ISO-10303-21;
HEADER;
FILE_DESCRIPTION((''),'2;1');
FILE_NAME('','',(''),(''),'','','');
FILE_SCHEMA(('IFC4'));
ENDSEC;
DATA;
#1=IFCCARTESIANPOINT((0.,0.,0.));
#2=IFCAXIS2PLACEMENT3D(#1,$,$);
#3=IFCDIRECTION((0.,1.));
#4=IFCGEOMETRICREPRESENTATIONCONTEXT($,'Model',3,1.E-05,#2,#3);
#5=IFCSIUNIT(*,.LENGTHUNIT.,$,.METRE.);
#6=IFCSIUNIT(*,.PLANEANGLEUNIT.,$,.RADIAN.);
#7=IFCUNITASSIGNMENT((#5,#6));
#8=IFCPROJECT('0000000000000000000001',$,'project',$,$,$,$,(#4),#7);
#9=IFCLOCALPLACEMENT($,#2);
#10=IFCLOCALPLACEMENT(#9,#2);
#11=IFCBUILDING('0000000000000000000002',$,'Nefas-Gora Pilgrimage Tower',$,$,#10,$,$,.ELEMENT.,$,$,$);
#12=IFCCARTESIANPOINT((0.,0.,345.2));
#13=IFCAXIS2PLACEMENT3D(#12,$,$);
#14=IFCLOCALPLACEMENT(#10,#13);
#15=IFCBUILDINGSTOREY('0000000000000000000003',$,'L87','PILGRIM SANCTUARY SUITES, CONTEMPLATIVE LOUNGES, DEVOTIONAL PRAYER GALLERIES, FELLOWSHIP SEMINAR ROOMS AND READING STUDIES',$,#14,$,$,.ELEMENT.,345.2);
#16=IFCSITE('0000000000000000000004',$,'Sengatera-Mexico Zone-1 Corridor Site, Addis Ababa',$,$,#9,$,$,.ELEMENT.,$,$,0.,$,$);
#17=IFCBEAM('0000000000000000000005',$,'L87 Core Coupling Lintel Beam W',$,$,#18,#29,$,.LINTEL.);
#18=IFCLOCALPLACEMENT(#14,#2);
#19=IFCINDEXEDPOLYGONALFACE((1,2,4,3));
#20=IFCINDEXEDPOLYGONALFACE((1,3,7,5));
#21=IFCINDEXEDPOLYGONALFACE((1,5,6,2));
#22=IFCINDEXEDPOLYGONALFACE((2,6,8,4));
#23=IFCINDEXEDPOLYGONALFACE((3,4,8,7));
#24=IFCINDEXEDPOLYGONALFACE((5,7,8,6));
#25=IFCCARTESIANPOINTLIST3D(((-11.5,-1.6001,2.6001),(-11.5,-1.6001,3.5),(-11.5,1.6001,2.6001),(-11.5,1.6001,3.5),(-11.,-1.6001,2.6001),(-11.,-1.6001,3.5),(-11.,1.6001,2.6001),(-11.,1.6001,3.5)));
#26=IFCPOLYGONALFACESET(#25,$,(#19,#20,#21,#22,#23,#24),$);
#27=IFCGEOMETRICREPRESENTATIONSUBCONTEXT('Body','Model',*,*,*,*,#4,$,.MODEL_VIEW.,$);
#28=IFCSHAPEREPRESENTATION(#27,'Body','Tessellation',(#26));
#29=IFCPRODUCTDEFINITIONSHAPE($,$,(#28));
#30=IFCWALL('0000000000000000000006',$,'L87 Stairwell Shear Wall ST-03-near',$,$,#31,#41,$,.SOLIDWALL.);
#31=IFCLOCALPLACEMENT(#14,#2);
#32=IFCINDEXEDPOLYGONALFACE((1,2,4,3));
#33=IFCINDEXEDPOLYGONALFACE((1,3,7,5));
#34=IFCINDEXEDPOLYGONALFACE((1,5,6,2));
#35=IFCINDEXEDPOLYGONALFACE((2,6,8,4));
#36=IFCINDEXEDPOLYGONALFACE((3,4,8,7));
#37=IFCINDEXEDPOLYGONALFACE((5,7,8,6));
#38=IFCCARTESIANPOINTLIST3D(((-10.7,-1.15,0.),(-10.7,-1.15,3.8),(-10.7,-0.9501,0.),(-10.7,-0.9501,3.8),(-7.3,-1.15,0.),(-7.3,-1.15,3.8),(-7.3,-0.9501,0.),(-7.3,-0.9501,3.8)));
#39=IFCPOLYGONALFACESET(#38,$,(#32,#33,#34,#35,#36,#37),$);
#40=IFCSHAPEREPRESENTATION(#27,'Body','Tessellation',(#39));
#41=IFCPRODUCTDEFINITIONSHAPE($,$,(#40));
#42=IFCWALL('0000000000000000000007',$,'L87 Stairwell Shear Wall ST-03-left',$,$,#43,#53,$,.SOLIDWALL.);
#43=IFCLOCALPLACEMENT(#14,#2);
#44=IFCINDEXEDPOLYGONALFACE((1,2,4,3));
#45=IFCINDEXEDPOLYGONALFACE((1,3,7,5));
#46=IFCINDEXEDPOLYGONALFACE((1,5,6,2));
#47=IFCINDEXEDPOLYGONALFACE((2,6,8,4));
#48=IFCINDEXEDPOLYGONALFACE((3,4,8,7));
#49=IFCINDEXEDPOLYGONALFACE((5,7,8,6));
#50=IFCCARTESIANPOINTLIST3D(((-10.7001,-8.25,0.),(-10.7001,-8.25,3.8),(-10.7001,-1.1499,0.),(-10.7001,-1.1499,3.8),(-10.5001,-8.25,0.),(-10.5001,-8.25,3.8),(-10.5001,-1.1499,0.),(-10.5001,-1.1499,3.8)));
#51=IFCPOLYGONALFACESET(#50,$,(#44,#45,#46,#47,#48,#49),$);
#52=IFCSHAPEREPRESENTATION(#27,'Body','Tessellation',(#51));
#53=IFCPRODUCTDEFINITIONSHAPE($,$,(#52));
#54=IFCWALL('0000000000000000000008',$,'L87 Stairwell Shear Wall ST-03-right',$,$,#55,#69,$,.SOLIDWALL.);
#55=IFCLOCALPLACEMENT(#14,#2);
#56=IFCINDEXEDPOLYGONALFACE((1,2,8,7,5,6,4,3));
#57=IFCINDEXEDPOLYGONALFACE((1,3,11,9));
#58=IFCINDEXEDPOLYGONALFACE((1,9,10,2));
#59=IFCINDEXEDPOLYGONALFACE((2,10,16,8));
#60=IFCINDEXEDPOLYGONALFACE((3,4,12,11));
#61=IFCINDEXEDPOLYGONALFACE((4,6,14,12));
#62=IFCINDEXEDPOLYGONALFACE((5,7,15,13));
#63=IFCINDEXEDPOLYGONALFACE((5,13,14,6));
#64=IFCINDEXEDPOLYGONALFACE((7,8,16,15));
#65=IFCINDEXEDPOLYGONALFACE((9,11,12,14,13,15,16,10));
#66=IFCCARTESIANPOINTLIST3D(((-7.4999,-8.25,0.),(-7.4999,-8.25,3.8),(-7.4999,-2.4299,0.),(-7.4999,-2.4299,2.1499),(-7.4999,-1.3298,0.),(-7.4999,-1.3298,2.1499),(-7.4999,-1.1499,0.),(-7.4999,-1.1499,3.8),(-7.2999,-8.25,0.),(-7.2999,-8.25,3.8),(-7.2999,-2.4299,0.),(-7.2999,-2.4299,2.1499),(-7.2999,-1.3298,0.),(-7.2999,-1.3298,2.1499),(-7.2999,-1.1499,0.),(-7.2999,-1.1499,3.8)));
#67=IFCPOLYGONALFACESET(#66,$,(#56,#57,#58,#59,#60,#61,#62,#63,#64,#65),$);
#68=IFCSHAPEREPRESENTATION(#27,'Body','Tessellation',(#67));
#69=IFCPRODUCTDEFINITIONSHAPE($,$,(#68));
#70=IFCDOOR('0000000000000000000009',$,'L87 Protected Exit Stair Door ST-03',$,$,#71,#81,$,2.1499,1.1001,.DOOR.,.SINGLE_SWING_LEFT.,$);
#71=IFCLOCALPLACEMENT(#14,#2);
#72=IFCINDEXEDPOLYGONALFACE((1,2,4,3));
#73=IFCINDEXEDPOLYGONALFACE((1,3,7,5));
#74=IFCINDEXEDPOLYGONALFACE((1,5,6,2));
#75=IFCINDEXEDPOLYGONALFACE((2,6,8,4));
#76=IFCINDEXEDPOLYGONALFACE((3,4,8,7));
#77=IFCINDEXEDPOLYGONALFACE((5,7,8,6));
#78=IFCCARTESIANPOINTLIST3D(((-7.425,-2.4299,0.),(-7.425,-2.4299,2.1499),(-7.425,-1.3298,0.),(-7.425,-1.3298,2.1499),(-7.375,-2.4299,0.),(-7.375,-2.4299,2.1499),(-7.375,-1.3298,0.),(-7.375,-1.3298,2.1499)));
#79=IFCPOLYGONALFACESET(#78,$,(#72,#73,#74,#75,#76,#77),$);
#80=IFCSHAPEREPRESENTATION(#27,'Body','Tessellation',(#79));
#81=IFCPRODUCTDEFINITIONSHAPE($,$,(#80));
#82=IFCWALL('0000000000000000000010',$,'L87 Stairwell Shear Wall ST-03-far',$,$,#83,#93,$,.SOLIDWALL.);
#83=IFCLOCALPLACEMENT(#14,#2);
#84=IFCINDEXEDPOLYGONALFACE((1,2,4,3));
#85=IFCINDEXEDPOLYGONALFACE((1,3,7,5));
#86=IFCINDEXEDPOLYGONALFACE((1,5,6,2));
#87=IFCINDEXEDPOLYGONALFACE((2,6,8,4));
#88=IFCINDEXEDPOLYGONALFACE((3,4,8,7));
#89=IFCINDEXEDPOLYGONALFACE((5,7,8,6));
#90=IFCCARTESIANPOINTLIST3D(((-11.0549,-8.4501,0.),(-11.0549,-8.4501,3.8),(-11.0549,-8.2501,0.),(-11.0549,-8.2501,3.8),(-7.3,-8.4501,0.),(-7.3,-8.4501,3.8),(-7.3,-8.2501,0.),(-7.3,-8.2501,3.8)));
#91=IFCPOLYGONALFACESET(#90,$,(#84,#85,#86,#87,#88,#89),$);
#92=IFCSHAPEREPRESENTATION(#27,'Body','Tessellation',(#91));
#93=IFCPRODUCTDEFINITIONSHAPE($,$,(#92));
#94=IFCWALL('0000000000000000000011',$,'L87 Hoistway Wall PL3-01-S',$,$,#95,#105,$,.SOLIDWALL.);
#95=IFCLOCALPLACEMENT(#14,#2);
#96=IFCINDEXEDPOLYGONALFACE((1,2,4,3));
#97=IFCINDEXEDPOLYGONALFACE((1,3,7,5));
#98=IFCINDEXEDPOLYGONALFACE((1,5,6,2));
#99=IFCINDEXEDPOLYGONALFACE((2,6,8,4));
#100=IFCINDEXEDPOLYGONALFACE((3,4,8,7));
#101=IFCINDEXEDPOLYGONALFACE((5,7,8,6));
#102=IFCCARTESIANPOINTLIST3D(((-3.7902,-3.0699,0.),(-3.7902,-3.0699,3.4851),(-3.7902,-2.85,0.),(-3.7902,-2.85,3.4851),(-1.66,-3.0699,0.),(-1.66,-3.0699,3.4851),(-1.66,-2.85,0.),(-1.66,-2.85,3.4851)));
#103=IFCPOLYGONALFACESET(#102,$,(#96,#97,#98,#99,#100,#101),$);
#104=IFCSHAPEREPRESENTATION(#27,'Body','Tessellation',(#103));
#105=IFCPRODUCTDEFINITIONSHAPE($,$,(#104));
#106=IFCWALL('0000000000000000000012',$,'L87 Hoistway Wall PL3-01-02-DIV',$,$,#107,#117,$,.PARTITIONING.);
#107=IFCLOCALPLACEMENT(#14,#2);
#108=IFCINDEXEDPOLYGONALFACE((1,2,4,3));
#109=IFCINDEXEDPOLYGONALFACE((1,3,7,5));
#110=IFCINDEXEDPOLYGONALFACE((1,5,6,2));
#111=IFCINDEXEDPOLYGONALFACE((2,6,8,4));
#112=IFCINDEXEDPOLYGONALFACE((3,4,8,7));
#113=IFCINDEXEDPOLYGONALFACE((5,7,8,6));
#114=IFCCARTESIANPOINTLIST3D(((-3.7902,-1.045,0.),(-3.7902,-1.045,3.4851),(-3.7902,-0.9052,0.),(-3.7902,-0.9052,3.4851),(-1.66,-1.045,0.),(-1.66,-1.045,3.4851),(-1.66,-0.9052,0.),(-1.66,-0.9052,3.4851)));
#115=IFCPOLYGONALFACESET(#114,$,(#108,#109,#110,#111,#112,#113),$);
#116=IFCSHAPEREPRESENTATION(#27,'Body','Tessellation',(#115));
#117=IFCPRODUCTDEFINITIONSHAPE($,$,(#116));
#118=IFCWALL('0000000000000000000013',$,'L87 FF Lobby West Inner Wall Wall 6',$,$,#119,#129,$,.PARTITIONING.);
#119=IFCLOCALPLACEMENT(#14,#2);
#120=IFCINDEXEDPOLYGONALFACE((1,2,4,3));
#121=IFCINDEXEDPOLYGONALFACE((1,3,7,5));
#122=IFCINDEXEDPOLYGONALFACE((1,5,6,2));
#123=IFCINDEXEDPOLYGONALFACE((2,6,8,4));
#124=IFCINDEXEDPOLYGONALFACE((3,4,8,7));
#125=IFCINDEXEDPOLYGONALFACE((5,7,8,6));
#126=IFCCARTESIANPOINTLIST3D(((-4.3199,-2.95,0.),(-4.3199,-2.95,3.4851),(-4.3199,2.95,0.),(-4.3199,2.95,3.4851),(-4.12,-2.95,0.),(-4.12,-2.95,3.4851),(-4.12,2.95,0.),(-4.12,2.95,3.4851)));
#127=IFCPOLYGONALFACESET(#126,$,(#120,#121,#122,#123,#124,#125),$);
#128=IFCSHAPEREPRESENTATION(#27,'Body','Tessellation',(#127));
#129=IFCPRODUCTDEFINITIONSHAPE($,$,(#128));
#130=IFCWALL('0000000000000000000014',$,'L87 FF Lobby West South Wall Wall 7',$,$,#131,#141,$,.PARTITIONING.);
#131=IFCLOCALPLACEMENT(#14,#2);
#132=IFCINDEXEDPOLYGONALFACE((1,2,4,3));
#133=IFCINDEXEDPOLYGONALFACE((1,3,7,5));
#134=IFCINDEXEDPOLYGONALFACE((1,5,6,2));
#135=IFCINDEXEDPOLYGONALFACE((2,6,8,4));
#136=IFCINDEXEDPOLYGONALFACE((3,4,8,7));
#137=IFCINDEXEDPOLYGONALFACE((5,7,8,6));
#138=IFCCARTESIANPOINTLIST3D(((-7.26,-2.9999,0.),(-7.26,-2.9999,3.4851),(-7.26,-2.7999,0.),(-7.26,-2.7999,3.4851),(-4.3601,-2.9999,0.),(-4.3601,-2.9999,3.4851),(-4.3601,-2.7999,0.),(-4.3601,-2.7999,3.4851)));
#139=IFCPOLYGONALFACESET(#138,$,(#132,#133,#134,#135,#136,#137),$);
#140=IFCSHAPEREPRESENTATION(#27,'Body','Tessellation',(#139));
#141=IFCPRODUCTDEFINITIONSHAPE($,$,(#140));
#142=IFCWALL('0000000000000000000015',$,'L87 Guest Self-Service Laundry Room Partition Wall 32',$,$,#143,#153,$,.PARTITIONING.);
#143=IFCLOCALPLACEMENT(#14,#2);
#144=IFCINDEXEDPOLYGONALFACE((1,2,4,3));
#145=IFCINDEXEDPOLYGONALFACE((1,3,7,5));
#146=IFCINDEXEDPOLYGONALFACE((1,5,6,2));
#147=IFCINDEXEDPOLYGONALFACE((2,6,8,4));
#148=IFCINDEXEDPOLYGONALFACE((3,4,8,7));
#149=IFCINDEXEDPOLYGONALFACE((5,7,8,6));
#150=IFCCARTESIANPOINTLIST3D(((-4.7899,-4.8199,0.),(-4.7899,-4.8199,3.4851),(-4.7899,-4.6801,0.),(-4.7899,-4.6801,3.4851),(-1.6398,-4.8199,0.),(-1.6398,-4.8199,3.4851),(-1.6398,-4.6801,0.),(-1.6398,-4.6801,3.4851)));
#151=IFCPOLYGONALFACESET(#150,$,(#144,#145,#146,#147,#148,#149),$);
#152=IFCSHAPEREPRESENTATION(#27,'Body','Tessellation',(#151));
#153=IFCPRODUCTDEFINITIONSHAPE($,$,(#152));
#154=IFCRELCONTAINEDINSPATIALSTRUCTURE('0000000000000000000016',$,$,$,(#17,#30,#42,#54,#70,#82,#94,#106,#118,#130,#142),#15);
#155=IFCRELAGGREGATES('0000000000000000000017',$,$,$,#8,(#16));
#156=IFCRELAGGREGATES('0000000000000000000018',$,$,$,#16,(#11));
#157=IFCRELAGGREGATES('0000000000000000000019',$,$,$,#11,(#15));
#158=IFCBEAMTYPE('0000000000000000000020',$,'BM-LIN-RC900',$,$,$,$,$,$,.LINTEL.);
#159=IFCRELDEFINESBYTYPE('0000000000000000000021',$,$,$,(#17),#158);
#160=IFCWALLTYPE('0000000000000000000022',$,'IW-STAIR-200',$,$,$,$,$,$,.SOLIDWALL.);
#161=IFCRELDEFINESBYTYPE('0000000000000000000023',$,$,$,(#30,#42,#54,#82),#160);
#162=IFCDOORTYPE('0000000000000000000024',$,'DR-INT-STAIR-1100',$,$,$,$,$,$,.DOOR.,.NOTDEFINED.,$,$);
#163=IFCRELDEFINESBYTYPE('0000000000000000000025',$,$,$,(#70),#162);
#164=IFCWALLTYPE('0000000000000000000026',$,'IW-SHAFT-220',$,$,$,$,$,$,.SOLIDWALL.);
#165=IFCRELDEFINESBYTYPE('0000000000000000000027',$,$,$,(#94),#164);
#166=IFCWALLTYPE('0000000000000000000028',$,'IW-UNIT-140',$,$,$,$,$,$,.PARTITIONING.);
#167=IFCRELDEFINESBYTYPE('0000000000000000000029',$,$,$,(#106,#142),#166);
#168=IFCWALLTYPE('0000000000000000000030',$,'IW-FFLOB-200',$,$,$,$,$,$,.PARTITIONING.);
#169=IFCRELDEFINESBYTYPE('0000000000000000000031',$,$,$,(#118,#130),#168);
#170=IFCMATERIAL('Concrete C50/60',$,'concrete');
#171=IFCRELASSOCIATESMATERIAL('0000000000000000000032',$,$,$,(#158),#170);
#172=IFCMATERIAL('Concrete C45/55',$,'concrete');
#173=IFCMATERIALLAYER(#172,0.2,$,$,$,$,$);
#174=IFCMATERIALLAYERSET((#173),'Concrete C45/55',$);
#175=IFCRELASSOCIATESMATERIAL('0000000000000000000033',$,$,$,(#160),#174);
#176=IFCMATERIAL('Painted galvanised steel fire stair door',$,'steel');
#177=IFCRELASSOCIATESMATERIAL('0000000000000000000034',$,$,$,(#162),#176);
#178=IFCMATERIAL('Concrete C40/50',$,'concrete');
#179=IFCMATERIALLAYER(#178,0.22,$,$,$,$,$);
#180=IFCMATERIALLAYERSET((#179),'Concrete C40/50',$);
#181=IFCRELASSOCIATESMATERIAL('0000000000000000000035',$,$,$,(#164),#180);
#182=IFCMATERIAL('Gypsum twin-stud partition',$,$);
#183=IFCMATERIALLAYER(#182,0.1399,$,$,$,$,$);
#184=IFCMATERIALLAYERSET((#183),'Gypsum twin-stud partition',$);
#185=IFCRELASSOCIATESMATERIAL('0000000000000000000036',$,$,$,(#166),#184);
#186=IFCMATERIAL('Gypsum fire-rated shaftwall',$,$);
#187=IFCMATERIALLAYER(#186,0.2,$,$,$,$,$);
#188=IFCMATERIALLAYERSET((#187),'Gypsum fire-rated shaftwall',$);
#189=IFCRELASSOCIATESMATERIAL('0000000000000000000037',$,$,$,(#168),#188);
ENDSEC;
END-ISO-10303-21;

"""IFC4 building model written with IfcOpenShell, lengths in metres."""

from ifc_helpers import new_model, si_unit, direction, frame, frame_2d, origin, origin_2d, place, context, subcontext, project, spatial, rectangle, extrude, source, transform, mapped, material, layer, layer_set, material_profile, profile_set, type_object, element, fill, save


model = new_model("IFC4")

# Units and contexts
model_context = context("Model", 3, precision=1e-05, world=origin(), true_north=direction((0.0, 1.0)))
body_context = subcontext(model_context, "Body", "Model", "MODEL_VIEW")
ifc_project = project(units=[si_unit("LENGTHUNIT", "METRE"), si_unit("PLANEANGLEUNIT", "RADIAN")], contexts=[model_context])

# Site, building, storey
site_placement = place(None, origin())
site = spatial("IfcSite", under=ifc_project, at=site_placement, Name="Sengatera-Mexico Zone-1 Corridor Site, Addis Ababa", CompositionType="ELEMENT", RefElevation=0.0)
building_placement = place(site_placement, origin())
building = spatial("IfcBuilding", under=site, at=building_placement, Name="Nefas-Gora Pilgrimage Tower", CompositionType="ELEMENT")
storey_placement = place(building_placement, frame((0.0, 0.0, 345.2)))
storey = spatial("IfcBuildingStorey", under=building, at=storey_placement, Name="L87", Description="PILGRIM SANCTUARY SUITES, CONTEMPLATIVE LOUNGES, DEVOTIONAL PRAYER GALLERIES, FELLOWSHIP SEMINAR ROOMS AND READING STUDIES", CompositionType="ELEMENT", Elevation=345.2)

# Beam
ifc_material_1 = material(Name="Concrete C50/60", Category="concrete")
ifc_material_profile = material_profile(ifc_material_1, rectangle(XDim=0.5, YDim=0.8999, at=origin_2d()), Name="RC 500x900")
ifc_profile_set = profile_set([ifc_material_profile], Name="Concrete C50/60")
beam_type = type_object("IfcBeamType", Name="BM-LIN-RC900", PredefinedType="LINTEL", material=ifc_profile_set)
shared_shape_1 = source(origin(), body_context, "Body", "SweptSolid", [
    extrude(rectangle(XDim=0.5, YDim=0.8999, at=origin_2d()), origin(), (0.0, 0.0, 1.0), 3.2002),
])
beam_placement = place(storey_placement, frame((-11.25, -1.6001, 3.05), z_axis=(0.0, 1.0, 0.0), x_axis=(-1.0, 0.0, 0.0)))
element("IfcBeam", 1, at=beam_placement, inside=storey, type_object=beam_type, Name="L87 Core Coupling Lintel Beam W", PredefinedType="LINTEL", context=body_context, shape_type="MappedRepresentation", body=[
    mapped(shared_shape_1, transform((0.0, 0.0, 0.0), x_axis=(1.0, 0.0, 0.0), y_axis=(0.0, 1.0, 0.0), z_axis=(0.0, 0.0, 1.0), scale=1.0)),
])

# Walls
ifc_material_2 = material(Name="Concrete C45/55", Category="concrete")
ifc_layer_1 = layer(ifc_material_2, 0.2)
ifc_layer_set_1 = layer_set([ifc_layer_1], Name="Concrete C45/55")
wall_type_1 = type_object("IfcWallType", Name="IW-STAIR-200", PredefinedType="SOLIDWALL", material=ifc_layer_set_1)
shared_shape_2 = source(origin(), body_context, "Body", "SweptSolid", [
    extrude(rectangle(XDim=3.3999, YDim=0.2, at=frame_2d((1.7, 0.0))), origin(), (0.0, 0.0, 1.0), 3.8),
])
wall_1_placement = place(storey_placement, frame((-10.7, -1.05, 0.0), z_axis=(0.0, 0.0, 1.0), x_axis=(1.0, 0.0, 0.0)))
element("IfcWall", 2, at=wall_1_placement, inside=storey, type_object=wall_type_1, Name="L87 Stairwell Shear Wall ST-03-near", PredefinedType="SOLIDWALL", context=body_context, shape_type="MappedRepresentation", body=[
    mapped(shared_shape_2, transform((0.0, 0.0, 0.0), x_axis=(1.0, 0.0, 0.0), y_axis=(0.0, 1.0, 0.0), z_axis=(0.0, 0.0, 1.0), scale=1.0)),
])
shared_shape_3 = source(origin(), body_context, "Body", "SweptSolid", [
    extrude(rectangle(XDim=7.1001, YDim=0.2, at=frame_2d((3.55, 0.0))), origin(), (0.0, 0.0, 1.0), 3.8),
])
wall_2_placement = place(storey_placement, frame((-10.6001, -1.1499, 0.0), z_axis=(0.0, 0.0, 1.0), x_axis=(0.0, -1.0, 0.0)))
element("IfcWall", 3, at=wall_2_placement, inside=storey, type_object=wall_type_1, Name="L87 Stairwell Shear Wall ST-03-left", PredefinedType="SOLIDWALL", context=body_context, shape_type="MappedRepresentation", body=[
    mapped(shared_shape_3, transform((0.0, 0.0, 0.0), x_axis=(1.0, 0.0, 0.0), y_axis=(0.0, 1.0, 0.0), z_axis=(0.0, 0.0, 1.0), scale=1.0)),
])

# Wall, opening, door
wall_3_placement = place(storey_placement, frame((-7.3999, -1.1499, 0.0), z_axis=(0.0, 0.0, 1.0), x_axis=(0.0, -1.0, 0.0)))
wall_3 = element("IfcWall", 4, at=wall_3_placement, inside=storey, type_object=wall_type_1, Name="L87 Stairwell Shear Wall ST-03-right", PredefinedType="SOLIDWALL", context=body_context, shape_type="MappedRepresentation", body=[
    mapped(shared_shape_3, transform((0.0, 0.0, 0.0), x_axis=(1.0, 0.0, 0.0), y_axis=(0.0, 1.0, 0.0), z_axis=(0.0, 0.0, 1.0), scale=1.0)),
])
opening_placement = place(wall_3_placement, frame((0.1799, 0.0, 0.0)))
opening = element("IfcOpeningElement", 5, at=opening_placement, cuts=wall_3, PredefinedType="OPENING", context=body_context, shape_type="SweptSolid", body=[
    extrude(rectangle(XDim=1.1001, YDim=2.1499, at=frame_2d((0.55, 1.075))), frame((0.0, 0.1099, 0.0), z_axis=(0.0, -1.0, 0.0), x_axis=(1.0, 0.0, 0.0)), (0.0, 0.0, 1.0), 0.22),
])
ifc_material_3 = material(Name="Painted galvanised steel fire stair door", Category="steel")
door_type = type_object("IfcDoorType", Name="DR-INT-STAIR-1100", OperationType="NOTDEFINED", PredefinedType="DOOR", material=ifc_material_3)
shared_shape_4 = source(origin(), body_context, "Body", "SweptSolid", [
    extrude(rectangle(XDim=1.1001, YDim=2.1499, at=frame_2d((0.55, 1.075))), frame((0.0, 0.0249, 0.0), z_axis=(0.0, -1.0, 0.0), x_axis=(1.0, 0.0, 0.0)), (0.0, 0.0, 1.0), 0.05),
])
door_placement = place(opening_placement, origin())
door = element("IfcDoor", 6, at=door_placement, inside=storey, type_object=door_type, Name="L87 Protected Exit Stair Door ST-03", OperationType="SINGLE_SWING_LEFT", OverallHeight=2.1499, OverallWidth=1.1001, PredefinedType="DOOR", context=body_context, shape_type="MappedRepresentation", body=[
    mapped(shared_shape_4, transform((0.0, 0.0, 0.0), x_axis=(1.0, 0.0, 0.0), y_axis=(0.0, 1.0, 0.0), z_axis=(0.0, 0.0, 1.0), scale=1.0)),
])
fill(opening, door)

# Walls
shared_shape_5 = source(origin(), body_context, "Body", "SweptSolid", [
    extrude(rectangle(XDim=3.7549, YDim=0.2, at=frame_2d((1.8774, 0.0))), origin(), (0.0, 0.0, 1.0), 3.8),
])
wall_4_placement = place(storey_placement, frame((-11.0549, -8.3501, 0.0), z_axis=(0.0, 0.0, 1.0), x_axis=(1.0, 0.0, 0.0)))
element("IfcWall", 7, at=wall_4_placement, inside=storey, type_object=wall_type_1, Name="L87 Stairwell Shear Wall ST-03-far", PredefinedType="SOLIDWALL", context=body_context, shape_type="MappedRepresentation", body=[
    mapped(shared_shape_5, transform((0.0, 0.0, 0.0), x_axis=(1.0, 0.0, 0.0), y_axis=(0.0, 1.0, 0.0), z_axis=(0.0, 0.0, 1.0), scale=1.0)),
])
ifc_material_4 = material(Name="Concrete C40/50", Category="concrete")
ifc_layer_2 = layer(ifc_material_4, 0.22)
ifc_layer_set_2 = layer_set([ifc_layer_2], Name="Concrete C40/50")
wall_type_2 = type_object("IfcWallType", Name="IW-SHAFT-220", PredefinedType="SOLIDWALL", material=ifc_layer_set_2)
shared_shape_6 = source(origin(), body_context, "Body", "SweptSolid", [
    extrude(rectangle(XDim=2.1301, YDim=0.22, at=frame_2d((1.0649, 0.0))), origin(), (0.0, 0.0, 1.0), 3.4851),
])
wall_5_placement = place(storey_placement, frame((-3.79, -2.96, 0.0), z_axis=(0.0, 0.0, 1.0), x_axis=(1.0, 0.0, 0.0)))
element("IfcWall", 8, at=wall_5_placement, inside=storey, type_object=wall_type_2, Name="L87 Hoistway Wall PL3-01-S", PredefinedType="SOLIDWALL", context=body_context, shape_type="MappedRepresentation", body=[
    mapped(shared_shape_6, transform((0.0, 0.0, 0.0), x_axis=(1.0, 0.0, 0.0), y_axis=(0.0, 1.0, 0.0), z_axis=(0.0, 0.0, 1.0), scale=1.0)),
])
ifc_material_5 = material(Name="Gypsum twin-stud partition")
ifc_layer_3 = layer(ifc_material_5, 0.1399)
ifc_layer_set_3 = layer_set([ifc_layer_3], Name="Gypsum twin-stud partition")
wall_type_3 = type_object("IfcWallType", Name="IW-UNIT-140", PredefinedType="PARTITIONING", material=ifc_layer_set_3)
shared_shape_7 = source(origin(), body_context, "Body", "SweptSolid", [
    extrude(rectangle(XDim=2.1301, YDim=0.1399, at=frame_2d((1.0649, 0.0))), origin(), (0.0, 0.0, 1.0), 3.4851),
])
wall_6_placement = place(storey_placement, frame((-3.79, -0.9751, 0.0), z_axis=(0.0, 0.0, 1.0), x_axis=(1.0, 0.0, 0.0)))
element("IfcWall", 9, at=wall_6_placement, inside=storey, type_object=wall_type_3, Name="L87 Hoistway Wall PL3-01-02-DIV", PredefinedType="PARTITIONING", context=body_context, shape_type="MappedRepresentation", body=[
    mapped(shared_shape_7, transform((0.0, 0.0, 0.0), x_axis=(1.0, 0.0, 0.0), y_axis=(0.0, 1.0, 0.0), z_axis=(0.0, 0.0, 1.0), scale=1.0)),
])
ifc_material_6 = material(Name="Gypsum fire-rated shaftwall")
ifc_layer_4 = layer(ifc_material_6, 0.2)
ifc_layer_set_4 = layer_set([ifc_layer_4], Name="Gypsum fire-rated shaftwall")
wall_type_4 = type_object("IfcWallType", Name="IW-FFLOB-200", PredefinedType="PARTITIONING", material=ifc_layer_set_4)
shared_shape_8 = source(origin(), body_context, "Body", "SweptSolid", [
    extrude(rectangle(XDim=5.8999, YDim=0.2, at=frame_2d((2.95, 0.0))), origin(), (0.0, 0.0, 1.0), 3.4851),
])
wall_7_placement = place(storey_placement, frame((-4.22, -2.95, 0.0), z_axis=(0.0, 0.0, 1.0), x_axis=(0.0, 1.0, 0.0)))
element("IfcWall", 10, at=wall_7_placement, inside=storey, type_object=wall_type_4, Name="L87 FF Lobby West Inner Wall Wall 6", PredefinedType="PARTITIONING", context=body_context, shape_type="MappedRepresentation", body=[
    mapped(shared_shape_8, transform((0.0, 0.0, 0.0), x_axis=(1.0, 0.0, 0.0), y_axis=(0.0, 1.0, 0.0), z_axis=(0.0, 0.0, 1.0), scale=1.0)),
])
shared_shape_9 = source(origin(), body_context, "Body", "SweptSolid", [
    extrude(rectangle(XDim=2.8999, YDim=0.2, at=frame_2d((1.45, 0.0))), origin(), (0.0, 0.0, 1.0), 3.4851),
])
wall_8_placement = place(storey_placement, frame((-7.26, -2.8999, 0.0), z_axis=(0.0, 0.0, 1.0), x_axis=(1.0, 0.0, 0.0)))
element("IfcWall", 11, at=wall_8_placement, inside=storey, type_object=wall_type_4, Name="L87 FF Lobby West South Wall Wall 7", PredefinedType="PARTITIONING", context=body_context, shape_type="MappedRepresentation", body=[
    mapped(shared_shape_9, transform((0.0, 0.0, 0.0), x_axis=(1.0, 0.0, 0.0), y_axis=(0.0, 1.0, 0.0), z_axis=(0.0, 0.0, 1.0), scale=1.0)),
])
shared_shape_10 = source(origin(), body_context, "Body", "SweptSolid", [
    extrude(rectangle(XDim=3.1501, YDim=0.1399, at=frame_2d((1.5752, 0.0))), origin(), (0.0, 0.0, 1.0), 3.4851),
])
wall_9_placement = place(storey_placement, frame((-4.79, -4.75, 0.0), z_axis=(0.0, 0.0, 1.0), x_axis=(1.0, 0.0, 0.0)))
element("IfcWall", 12, at=wall_9_placement, inside=storey, type_object=wall_type_3, Name="L87 Guest Self-Service Laundry Room Partition Wall 32", PredefinedType="PARTITIONING", context=body_context, shape_type="MappedRepresentation", body=[
    mapped(shared_shape_10, transform((0.0, 0.0, 0.0), x_axis=(1.0, 0.0, 0.0), y_axis=(0.0, 1.0, 0.0), z_axis=(0.0, 0.0, 1.0), scale=1.0)),
])

save(model, "model.ifc")
